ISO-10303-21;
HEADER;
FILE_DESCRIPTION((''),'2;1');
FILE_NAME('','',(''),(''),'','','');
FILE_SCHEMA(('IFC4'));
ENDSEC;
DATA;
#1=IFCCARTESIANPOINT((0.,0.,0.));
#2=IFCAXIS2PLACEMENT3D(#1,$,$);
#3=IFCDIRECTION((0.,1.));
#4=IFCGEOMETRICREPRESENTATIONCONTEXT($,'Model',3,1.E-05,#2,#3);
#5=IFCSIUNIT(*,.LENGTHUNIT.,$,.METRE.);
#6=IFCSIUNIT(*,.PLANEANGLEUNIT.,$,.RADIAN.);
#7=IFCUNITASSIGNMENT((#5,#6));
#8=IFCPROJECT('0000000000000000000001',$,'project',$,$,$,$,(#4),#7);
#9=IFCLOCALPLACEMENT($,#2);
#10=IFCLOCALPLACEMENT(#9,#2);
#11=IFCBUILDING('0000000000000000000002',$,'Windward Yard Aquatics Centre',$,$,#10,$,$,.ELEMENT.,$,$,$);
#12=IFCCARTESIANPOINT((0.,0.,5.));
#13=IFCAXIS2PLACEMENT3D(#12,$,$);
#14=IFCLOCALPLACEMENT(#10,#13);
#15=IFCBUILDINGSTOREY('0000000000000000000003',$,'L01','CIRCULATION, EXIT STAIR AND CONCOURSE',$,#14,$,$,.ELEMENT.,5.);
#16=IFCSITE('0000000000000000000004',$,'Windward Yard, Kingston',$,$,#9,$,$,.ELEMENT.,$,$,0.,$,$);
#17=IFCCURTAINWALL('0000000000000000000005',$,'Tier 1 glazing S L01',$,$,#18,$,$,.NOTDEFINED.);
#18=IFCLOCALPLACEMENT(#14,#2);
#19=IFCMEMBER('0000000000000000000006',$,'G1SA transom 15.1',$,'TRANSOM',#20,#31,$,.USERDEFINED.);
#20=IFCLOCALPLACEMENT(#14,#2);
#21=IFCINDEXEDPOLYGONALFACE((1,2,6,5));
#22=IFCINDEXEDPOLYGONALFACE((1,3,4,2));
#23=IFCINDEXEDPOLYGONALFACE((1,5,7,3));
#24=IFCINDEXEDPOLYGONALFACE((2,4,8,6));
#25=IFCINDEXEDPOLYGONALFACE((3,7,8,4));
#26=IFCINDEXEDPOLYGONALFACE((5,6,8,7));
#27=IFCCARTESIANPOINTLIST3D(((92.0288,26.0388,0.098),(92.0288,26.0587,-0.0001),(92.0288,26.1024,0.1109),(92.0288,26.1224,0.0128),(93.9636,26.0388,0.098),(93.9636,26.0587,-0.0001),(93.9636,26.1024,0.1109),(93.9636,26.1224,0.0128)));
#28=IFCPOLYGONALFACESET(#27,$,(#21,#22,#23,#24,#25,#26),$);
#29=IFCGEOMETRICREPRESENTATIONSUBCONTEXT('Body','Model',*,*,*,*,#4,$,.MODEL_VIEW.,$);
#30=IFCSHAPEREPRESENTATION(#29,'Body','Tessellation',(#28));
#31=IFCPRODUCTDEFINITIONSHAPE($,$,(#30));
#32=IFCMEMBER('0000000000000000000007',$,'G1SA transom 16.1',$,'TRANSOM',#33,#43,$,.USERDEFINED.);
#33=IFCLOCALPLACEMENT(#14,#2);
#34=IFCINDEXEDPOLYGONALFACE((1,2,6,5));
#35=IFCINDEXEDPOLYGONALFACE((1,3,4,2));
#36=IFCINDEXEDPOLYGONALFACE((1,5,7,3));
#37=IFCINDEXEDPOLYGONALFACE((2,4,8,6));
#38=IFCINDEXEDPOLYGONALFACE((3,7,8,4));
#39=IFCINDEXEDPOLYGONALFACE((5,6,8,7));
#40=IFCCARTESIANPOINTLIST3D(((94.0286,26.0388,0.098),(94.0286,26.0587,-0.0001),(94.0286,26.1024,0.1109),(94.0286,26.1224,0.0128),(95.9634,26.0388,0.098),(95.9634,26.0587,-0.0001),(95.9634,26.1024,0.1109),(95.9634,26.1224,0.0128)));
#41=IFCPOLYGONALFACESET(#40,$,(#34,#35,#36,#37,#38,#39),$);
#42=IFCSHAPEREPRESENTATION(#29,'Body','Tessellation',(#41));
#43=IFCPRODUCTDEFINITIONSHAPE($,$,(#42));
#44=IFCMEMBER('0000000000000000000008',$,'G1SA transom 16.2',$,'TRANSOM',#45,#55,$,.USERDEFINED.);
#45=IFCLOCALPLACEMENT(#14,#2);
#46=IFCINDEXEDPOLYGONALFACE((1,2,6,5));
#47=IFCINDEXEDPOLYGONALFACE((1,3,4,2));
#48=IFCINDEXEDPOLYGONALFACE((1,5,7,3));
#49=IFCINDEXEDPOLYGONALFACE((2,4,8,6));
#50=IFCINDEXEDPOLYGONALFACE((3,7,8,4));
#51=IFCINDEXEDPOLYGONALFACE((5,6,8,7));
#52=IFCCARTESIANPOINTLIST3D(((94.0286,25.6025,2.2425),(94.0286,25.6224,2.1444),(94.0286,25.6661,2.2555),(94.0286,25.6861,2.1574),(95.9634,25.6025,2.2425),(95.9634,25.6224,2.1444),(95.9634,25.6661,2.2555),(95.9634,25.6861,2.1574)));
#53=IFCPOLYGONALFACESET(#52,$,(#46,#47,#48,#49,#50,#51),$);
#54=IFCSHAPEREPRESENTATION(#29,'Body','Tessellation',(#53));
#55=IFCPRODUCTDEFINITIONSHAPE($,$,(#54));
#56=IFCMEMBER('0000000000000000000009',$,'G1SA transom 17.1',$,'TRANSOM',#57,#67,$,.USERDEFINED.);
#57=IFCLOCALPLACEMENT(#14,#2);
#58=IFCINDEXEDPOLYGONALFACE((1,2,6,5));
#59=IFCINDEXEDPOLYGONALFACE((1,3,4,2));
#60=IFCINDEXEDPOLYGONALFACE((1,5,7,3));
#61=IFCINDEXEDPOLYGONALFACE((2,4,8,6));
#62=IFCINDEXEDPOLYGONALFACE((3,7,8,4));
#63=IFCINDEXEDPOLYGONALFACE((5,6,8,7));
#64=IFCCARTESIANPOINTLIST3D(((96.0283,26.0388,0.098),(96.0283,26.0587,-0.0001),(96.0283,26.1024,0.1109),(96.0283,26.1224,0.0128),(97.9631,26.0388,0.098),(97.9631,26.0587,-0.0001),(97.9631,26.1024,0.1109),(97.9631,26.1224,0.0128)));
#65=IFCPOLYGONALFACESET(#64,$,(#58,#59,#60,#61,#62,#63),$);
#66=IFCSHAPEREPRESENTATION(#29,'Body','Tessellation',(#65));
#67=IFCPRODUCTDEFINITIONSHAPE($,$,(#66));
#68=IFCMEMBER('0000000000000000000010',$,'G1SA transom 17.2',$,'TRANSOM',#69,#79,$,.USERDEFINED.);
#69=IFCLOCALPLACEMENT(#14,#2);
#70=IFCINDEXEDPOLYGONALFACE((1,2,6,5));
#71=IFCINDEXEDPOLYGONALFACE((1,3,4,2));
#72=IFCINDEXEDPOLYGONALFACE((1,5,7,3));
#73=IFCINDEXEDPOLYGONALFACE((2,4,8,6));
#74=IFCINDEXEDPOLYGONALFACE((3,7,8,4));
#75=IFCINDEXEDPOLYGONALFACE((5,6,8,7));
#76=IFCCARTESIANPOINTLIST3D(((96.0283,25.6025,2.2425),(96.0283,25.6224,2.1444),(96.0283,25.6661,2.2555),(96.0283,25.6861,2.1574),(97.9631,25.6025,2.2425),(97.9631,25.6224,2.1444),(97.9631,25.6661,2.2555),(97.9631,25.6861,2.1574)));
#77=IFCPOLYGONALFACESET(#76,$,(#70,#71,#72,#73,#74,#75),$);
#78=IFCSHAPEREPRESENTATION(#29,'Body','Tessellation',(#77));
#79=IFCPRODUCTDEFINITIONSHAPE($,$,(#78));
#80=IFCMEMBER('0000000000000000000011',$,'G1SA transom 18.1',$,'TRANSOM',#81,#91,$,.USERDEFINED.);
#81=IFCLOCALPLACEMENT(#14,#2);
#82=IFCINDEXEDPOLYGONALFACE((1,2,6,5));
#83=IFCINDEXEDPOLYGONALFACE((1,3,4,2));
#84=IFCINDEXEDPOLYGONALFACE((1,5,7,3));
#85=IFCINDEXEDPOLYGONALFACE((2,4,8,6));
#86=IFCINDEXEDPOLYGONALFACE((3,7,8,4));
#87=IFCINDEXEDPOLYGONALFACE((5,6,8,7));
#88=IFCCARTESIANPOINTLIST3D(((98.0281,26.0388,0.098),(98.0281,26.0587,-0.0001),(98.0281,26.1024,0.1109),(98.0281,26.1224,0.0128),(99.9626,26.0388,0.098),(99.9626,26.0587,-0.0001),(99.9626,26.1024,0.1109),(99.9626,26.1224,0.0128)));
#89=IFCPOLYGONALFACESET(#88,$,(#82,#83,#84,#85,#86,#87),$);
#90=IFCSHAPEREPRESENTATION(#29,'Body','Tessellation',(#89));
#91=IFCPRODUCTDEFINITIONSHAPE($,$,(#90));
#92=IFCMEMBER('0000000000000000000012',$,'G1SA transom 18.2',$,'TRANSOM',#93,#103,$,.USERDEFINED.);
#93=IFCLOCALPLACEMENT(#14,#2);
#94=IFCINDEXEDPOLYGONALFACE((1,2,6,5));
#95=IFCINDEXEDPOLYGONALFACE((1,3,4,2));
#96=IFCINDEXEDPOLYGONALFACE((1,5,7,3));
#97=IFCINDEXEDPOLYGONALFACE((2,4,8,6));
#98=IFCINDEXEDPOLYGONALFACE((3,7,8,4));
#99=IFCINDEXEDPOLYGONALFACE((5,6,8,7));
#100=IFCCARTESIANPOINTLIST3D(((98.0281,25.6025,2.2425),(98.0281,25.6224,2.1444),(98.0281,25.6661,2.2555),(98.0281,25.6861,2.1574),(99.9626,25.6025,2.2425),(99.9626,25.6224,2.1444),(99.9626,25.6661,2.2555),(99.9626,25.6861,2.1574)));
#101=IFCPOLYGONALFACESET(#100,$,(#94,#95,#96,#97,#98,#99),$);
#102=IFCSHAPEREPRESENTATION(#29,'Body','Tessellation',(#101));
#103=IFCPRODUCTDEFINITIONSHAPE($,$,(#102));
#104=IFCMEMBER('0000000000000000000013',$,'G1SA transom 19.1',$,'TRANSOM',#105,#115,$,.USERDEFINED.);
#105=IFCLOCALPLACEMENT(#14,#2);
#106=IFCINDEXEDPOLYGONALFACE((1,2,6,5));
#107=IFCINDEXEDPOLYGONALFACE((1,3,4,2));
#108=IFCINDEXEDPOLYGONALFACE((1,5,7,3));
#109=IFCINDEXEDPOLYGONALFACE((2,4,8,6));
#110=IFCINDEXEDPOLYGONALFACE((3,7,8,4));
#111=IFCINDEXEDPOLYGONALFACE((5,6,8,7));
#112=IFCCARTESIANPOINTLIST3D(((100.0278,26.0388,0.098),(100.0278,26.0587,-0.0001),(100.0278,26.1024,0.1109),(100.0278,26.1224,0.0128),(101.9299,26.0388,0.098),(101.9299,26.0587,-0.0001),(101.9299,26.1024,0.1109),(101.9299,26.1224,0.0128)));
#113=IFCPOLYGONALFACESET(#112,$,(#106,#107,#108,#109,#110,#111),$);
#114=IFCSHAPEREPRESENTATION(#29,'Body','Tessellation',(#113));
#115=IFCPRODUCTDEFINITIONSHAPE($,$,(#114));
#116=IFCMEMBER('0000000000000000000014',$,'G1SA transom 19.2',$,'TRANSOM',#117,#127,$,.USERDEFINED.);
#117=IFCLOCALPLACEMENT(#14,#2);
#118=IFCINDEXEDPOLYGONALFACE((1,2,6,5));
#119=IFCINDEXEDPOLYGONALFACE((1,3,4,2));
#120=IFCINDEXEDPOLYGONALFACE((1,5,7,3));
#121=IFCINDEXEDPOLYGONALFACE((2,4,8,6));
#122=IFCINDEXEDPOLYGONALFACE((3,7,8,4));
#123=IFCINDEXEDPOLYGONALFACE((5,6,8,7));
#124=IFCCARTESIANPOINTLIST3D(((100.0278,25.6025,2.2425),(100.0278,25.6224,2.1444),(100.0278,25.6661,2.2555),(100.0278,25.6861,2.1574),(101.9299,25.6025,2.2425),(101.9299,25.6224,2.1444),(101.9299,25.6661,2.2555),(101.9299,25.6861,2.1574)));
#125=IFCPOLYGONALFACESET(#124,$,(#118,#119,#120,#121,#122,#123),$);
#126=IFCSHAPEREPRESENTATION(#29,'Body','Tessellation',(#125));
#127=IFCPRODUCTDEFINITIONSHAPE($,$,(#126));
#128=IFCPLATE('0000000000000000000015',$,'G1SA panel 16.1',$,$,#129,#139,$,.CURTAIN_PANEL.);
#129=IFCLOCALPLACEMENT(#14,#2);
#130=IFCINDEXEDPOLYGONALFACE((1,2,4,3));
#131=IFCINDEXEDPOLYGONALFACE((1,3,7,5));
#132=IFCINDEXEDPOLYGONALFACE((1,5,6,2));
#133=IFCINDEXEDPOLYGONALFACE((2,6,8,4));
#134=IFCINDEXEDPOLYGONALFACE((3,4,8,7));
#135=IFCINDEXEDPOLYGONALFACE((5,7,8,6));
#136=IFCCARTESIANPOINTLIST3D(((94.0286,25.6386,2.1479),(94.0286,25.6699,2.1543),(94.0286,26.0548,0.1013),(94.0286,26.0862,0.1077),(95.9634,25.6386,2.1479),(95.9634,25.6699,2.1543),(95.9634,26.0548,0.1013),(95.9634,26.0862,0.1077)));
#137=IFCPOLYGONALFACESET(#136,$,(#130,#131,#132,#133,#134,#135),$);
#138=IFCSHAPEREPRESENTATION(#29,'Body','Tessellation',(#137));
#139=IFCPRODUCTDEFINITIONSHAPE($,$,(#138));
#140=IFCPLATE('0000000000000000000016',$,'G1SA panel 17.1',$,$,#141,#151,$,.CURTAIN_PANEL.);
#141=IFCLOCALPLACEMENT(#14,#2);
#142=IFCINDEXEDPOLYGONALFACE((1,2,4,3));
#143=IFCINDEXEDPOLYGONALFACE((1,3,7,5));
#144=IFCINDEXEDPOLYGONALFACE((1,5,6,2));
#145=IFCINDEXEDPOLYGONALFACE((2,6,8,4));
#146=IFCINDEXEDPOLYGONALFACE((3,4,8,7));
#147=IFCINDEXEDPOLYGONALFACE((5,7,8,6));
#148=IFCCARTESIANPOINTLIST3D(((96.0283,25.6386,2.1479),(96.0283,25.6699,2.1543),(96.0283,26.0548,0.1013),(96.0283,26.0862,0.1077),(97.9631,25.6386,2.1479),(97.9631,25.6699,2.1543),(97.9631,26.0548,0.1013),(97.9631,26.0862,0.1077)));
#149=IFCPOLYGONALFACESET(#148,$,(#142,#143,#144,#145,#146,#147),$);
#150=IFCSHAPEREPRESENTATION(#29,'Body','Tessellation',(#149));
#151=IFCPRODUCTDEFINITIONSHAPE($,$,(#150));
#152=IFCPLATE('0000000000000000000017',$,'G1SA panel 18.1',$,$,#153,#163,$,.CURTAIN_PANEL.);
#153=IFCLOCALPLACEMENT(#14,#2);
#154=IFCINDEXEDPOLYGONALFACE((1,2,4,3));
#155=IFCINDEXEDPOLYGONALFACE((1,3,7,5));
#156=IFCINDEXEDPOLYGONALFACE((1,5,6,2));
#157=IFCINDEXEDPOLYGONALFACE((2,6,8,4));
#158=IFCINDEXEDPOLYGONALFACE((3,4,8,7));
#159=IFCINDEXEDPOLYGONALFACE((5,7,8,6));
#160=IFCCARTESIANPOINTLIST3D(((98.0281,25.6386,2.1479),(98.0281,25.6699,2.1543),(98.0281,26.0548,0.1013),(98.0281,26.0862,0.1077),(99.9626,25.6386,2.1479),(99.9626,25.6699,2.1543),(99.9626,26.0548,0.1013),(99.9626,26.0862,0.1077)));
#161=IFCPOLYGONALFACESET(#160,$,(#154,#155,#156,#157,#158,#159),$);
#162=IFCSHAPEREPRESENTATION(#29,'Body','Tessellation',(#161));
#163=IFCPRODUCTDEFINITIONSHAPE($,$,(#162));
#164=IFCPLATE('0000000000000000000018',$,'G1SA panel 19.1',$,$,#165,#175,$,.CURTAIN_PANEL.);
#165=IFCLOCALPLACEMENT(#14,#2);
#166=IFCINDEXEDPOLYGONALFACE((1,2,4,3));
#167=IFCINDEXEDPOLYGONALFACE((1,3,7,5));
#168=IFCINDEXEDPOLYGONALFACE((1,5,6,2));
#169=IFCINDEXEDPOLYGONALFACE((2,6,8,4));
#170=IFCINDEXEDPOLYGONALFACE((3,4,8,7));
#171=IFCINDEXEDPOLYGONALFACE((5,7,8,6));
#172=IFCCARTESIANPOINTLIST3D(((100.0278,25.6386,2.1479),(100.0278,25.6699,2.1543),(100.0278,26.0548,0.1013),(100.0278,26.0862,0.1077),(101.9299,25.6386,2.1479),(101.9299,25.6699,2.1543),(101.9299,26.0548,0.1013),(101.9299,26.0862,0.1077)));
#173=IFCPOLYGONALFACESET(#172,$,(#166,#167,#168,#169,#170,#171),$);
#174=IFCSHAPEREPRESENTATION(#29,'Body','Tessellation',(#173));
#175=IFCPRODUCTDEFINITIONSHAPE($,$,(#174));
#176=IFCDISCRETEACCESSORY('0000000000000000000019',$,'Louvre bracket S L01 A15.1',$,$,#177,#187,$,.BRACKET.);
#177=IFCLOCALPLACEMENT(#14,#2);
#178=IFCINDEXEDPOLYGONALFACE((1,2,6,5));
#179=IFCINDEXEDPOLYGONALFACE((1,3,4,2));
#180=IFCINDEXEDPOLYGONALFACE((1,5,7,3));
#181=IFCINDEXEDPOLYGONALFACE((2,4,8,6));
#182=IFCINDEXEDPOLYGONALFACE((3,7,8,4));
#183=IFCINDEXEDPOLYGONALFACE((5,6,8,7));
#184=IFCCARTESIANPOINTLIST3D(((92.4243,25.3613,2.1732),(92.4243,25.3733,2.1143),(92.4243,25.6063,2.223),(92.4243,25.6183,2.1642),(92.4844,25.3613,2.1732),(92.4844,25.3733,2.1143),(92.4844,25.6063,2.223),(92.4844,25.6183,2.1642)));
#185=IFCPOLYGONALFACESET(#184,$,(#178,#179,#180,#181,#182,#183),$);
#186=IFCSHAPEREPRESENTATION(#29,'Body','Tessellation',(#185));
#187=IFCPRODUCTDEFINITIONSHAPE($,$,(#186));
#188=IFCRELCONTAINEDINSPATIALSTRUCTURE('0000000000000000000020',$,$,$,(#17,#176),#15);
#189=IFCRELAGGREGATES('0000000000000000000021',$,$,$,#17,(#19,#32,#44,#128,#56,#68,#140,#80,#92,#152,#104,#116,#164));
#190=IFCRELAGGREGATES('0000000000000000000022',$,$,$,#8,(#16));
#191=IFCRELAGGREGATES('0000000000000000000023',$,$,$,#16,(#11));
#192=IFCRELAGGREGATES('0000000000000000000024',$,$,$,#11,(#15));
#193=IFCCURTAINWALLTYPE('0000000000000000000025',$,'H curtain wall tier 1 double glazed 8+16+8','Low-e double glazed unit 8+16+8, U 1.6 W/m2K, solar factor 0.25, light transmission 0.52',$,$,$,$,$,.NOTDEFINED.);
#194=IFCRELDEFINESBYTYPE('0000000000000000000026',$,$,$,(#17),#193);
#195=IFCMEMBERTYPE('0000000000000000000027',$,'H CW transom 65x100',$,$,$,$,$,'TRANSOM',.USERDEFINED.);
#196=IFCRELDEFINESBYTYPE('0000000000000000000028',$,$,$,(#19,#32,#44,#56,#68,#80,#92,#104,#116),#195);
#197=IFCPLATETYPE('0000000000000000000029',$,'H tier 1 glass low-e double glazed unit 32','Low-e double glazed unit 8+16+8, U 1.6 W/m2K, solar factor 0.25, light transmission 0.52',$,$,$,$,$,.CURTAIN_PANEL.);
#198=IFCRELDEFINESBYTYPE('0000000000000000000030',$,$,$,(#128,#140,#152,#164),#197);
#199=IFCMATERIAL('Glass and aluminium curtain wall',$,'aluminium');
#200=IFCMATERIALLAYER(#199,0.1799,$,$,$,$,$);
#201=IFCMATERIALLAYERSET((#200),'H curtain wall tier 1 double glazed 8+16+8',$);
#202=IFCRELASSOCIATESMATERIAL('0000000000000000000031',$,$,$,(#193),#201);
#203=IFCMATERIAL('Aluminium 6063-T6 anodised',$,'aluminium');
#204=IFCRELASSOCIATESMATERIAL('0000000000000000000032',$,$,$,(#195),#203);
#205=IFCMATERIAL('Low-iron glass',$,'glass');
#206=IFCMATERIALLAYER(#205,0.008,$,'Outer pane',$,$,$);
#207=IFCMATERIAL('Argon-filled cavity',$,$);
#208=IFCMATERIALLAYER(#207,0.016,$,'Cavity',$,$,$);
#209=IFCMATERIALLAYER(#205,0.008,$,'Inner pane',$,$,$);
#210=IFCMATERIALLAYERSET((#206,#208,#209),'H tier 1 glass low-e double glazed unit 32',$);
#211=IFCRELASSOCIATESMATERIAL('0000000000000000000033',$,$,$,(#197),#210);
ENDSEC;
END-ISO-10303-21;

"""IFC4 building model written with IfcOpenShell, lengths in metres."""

from ifc_helpers import new_model, si_unit, direction, frame, origin, origin_2d, place, context, subcontext, project, spatial, polyline, rectangle, outline, extrude, material, layer, layer_set, material_profile, profile_set, type_object, element, aggregate, save


model = new_model("IFC4")

# Units and contexts
model_context = context("Model", 3, precision=1e-05, world=origin(), true_north=direction((0.0, 1.0)))
body_context = subcontext(model_context, "Body", "Model", "MODEL_VIEW")
ifc_project = project(units=[si_unit("LENGTHUNIT", "METRE"), si_unit("PLANEANGLEUNIT", "RADIAN")], contexts=[model_context])

# Site, building, storey
site_placement = place(None, origin())
site = spatial("IfcSite", under=ifc_project, at=site_placement, Name="Windward Yard, Kingston", CompositionType="ELEMENT", RefElevation=0.0)
building_placement = place(site_placement, origin())
building = spatial("IfcBuilding", under=site, at=building_placement, Name="Windward Yard Aquatics Centre", CompositionType="ELEMENT")
storey_placement = place(building_placement, frame((0.0, 0.0, 5.0)))
storey = spatial("IfcBuildingStorey", under=building, at=storey_placement, Name="L01", Description="CIRCULATION, EXIT STAIR AND CONCOURSE", CompositionType="ELEMENT", Elevation=5.0)

# Curtain wall, members, plates
ifc_material_1 = material(Name="Glass and aluminium curtain wall", Category="aluminium")
ifc_layer_1 = layer(ifc_material_1, 0.1799)
ifc_layer_set_1 = layer_set([ifc_layer_1], Name="H curtain wall tier 1 double glazed 8+16+8")
curtain_wall_type = type_object("IfcCurtainWallType", Name="H curtain wall tier 1 double glazed 8+16+8", Description="Low-e double glazed unit 8+16+8, U 1.6 W/m2K, solar factor 0.25, light transmission 0.52", PredefinedType="NOTDEFINED", material=ifc_layer_set_1)
curtain_wall_placement = place(storey_placement, origin())
curtain_wall = element("IfcCurtainWall", 1, at=curtain_wall_placement, inside=storey, type_object=curtain_wall_type, Name="Tier 1 glazing S L01", PredefinedType="NOTDEFINED")
ifc_material_2 = material(Name="Aluminium 6063-T6 anodised", Category="aluminium")
ifc_material_profile = material_profile(ifc_material_2, rectangle(XDim=0.0649, YDim=0.1001, at=origin_2d()), Name="H CW transom 65x100")
ifc_profile_set = profile_set([ifc_material_profile], Name="Aluminium 6063-T6 anodised")
member_type = type_object("IfcMemberType", Name="H CW transom 65x100", ElementType="TRANSOM", PredefinedType="USERDEFINED", material=ifc_profile_set)
member_1_placement = place(storey_placement, frame((92.0288, 26.0806, 0.0554), z_axis=(1.0, 0.0, 0.0), x_axis=(0.0, 0.979925, 0.199368)))
member_1 = element("IfcMember", 2, at=member_1_placement, type_object=member_type, Name="G1SA transom 15.1", ObjectType="TRANSOM", PredefinedType="USERDEFINED", context=body_context, shape_type="SweptSolid", body=[
    extrude(rectangle(XDim=0.0649, YDim=0.1001, at=origin_2d()), origin(), (0.0, 0.0, 1.0), 1.9348),
])
member_2_placement = place(storey_placement, frame((94.0286, 26.0806, 0.0554), z_axis=(1.0, 0.0, 0.0), x_axis=(0.0, 0.979925, 0.199368)))
member_2 = element("IfcMember", 3, at=member_2_placement, type_object=member_type, Name="G1SA transom 16.1", ObjectType="TRANSOM", PredefinedType="USERDEFINED", context=body_context, shape_type="SweptSolid", body=[
    extrude(rectangle(XDim=0.0649, YDim=0.1001, at=origin_2d()), origin(), (0.0, 0.0, 1.0), 1.9348),
])
member_3_placement = place(storey_placement, frame((94.0286, 25.6443, 2.2), z_axis=(1.0, 0.0, 0.0), x_axis=(0.0, 0.979925, 0.199368)))
member_3 = element("IfcMember", 4, at=member_3_placement, type_object=member_type, Name="G1SA transom 16.2", ObjectType="TRANSOM", PredefinedType="USERDEFINED", context=body_context, shape_type="SweptSolid", body=[
    extrude(rectangle(XDim=0.0649, YDim=0.1001, at=origin_2d()), origin(), (0.0, 0.0, 1.0), 1.9348),
])
member_4_placement = place(storey_placement, frame((96.0283, 26.0806, 0.0554), z_axis=(1.0, 0.0, 0.0), x_axis=(0.0, 0.979925, 0.199368)))
member_4 = element("IfcMember", 5, at=member_4_placement, type_object=member_type, Name="G1SA transom 17.1", ObjectType="TRANSOM", PredefinedType="USERDEFINED", context=body_context, shape_type="SweptSolid", body=[
    extrude(rectangle(XDim=0.0649, YDim=0.1001, at=origin_2d()), origin(), (0.0, 0.0, 1.0), 1.9348),
])
member_5_placement = place(storey_placement, frame((96.0283, 25.6443, 2.2), z_axis=(1.0, 0.0, 0.0), x_axis=(0.0, 0.979925, 0.199368)))
member_5 = element("IfcMember", 6, at=member_5_placement, type_object=member_type, Name="G1SA transom 17.2", ObjectType="TRANSOM", PredefinedType="USERDEFINED", context=body_context, shape_type="SweptSolid", body=[
    extrude(rectangle(XDim=0.0649, YDim=0.1001, at=origin_2d()), origin(), (0.0, 0.0, 1.0), 1.9348),
])
member_6_placement = place(storey_placement, frame((98.0281, 26.0806, 0.0554), z_axis=(1.0, 0.0, 0.0), x_axis=(0.0, 0.979925, 0.199368)))
member_6 = element("IfcMember", 7, at=member_6_placement, type_object=member_type, Name="G1SA transom 18.1", ObjectType="TRANSOM", PredefinedType="USERDEFINED", context=body_context, shape_type="SweptSolid", body=[
    extrude(rectangle(XDim=0.0649, YDim=0.1001, at=origin_2d()), origin(), (0.0, 0.0, 1.0), 1.9346),
])
member_7_placement = place(storey_placement, frame((98.0281, 25.6443, 2.2), z_axis=(1.0, 0.0, 0.0), x_axis=(0.0, 0.979925, 0.199368)))
member_7 = element("IfcMember", 8, at=member_7_placement, type_object=member_type, Name="G1SA transom 18.2", ObjectType="TRANSOM", PredefinedType="USERDEFINED", context=body_context, shape_type="SweptSolid", body=[
    extrude(rectangle(XDim=0.0649, YDim=0.1001, at=origin_2d()), origin(), (0.0, 0.0, 1.0), 1.9346),
])
member_8_placement = place(storey_placement, frame((100.0278, 26.0806, 0.0554), z_axis=(1.0, 0.0, 0.0), x_axis=(0.0, 0.979925, 0.199368)))
member_8 = element("IfcMember", 9, at=member_8_placement, type_object=member_type, Name="G1SA transom 19.1", ObjectType="TRANSOM", PredefinedType="USERDEFINED", context=body_context, shape_type="SweptSolid", body=[
    extrude(rectangle(XDim=0.0649, YDim=0.1001, at=origin_2d()), origin(), (0.0, 0.0, 1.0), 1.9021),
])
member_9_placement = place(storey_placement, frame((100.0278, 25.6443, 2.2), z_axis=(1.0, 0.0, 0.0), x_axis=(0.0, 0.979925, 0.199368)))
member_9 = element("IfcMember", 10, at=member_9_placement, type_object=member_type, Name="G1SA transom 19.2", ObjectType="TRANSOM", PredefinedType="USERDEFINED", context=body_context, shape_type="SweptSolid", body=[
    extrude(rectangle(XDim=0.0649, YDim=0.1001, at=origin_2d()), origin(), (0.0, 0.0, 1.0), 1.9021),
])
ifc_material_3 = material(Name="Low-iron glass", Category="glass")
ifc_layer_2 = layer(ifc_material_3, 0.008, Name="Outer pane")
ifc_material_4 = material(Name="Argon-filled cavity")
ifc_layer_3 = layer(ifc_material_4, 0.016, Name="Cavity")
ifc_layer_4 = layer(ifc_material_3, 0.008, Name="Inner pane")
ifc_layer_set_2 = layer_set([ifc_layer_2, ifc_layer_3, ifc_layer_4], Name="H tier 1 glass low-e double glazed unit 32")
plate_type = type_object("IfcPlateType", Name="H tier 1 glass low-e double glazed unit 32", Description="Low-e double glazed unit 8+16+8, U 1.6 W/m2K, solar factor 0.25, light transmission 0.52", PredefinedType="CURTAIN_PANEL", material=ifc_layer_set_2)
plate_1_placement = place(storey_placement, frame((94.0286, 25.6699, 2.1543), z_axis=(0.0, 0.979937, 0.199307), x_axis=(0.0, 0.199307, -0.979937)))
plate_1 = element("IfcPlate", 11, at=plate_1_placement, type_object=plate_type, Name="G1SA panel 16.1", PredefinedType="CURTAIN_PANEL", context=body_context, shape_type="SweptSolid", body=[
    extrude(outline(polyline([(0.0, 0.0), (2.0885, 0.0), (2.0885, -1.9348), (0.0, -1.9348), (0.0, 0.0)])), origin(), (0.0, 0.0, -1.0), 0.032),
])
plate_2_placement = place(storey_placement, frame((96.0283, 25.6699, 2.1543), z_axis=(0.0, 0.979937, 0.199307), x_axis=(0.0, 0.199307, -0.979937)))
plate_2 = element("IfcPlate", 12, at=plate_2_placement, type_object=plate_type, Name="G1SA panel 17.1", PredefinedType="CURTAIN_PANEL", context=body_context, shape_type="SweptSolid", body=[
    extrude(outline(polyline([(0.0, 0.0), (2.0885, 0.0), (2.0885, -1.9348), (0.0, -1.9348), (0.0, 0.0)])), origin(), (0.0, 0.0, -1.0), 0.032),
])
plate_3_placement = place(storey_placement, frame((98.0281, 25.6699, 2.1543), z_axis=(0.0, 0.979937, 0.199307), x_axis=(0.0, 0.199307, -0.979937)))
plate_3 = element("IfcPlate", 13, at=plate_3_placement, type_object=plate_type, Name="G1SA panel 18.1", PredefinedType="CURTAIN_PANEL", context=body_context, shape_type="SweptSolid", body=[
    extrude(outline(polyline([(0.0, 0.0), (2.0885, 0.0), (2.0885, -1.9346), (0.0, -1.9346), (0.0, 0.0)])), origin(), (0.0, 0.0, -1.0), 0.032),
])
plate_4_placement = place(storey_placement, frame((100.0278, 25.6699, 2.1543), z_axis=(0.0, 0.979937, 0.199307), x_axis=(0.0, 0.199307, -0.979937)))
plate_4 = element("IfcPlate", 14, at=plate_4_placement, type_object=plate_type, Name="G1SA panel 19.1", PredefinedType="CURTAIN_PANEL", context=body_context, shape_type="SweptSolid", body=[
    extrude(outline(polyline([(0.0, 0.0), (2.0885, 0.0), (2.0885, -1.9021), (0.0, -1.9021), (0.0, 0.0)])), origin(), (0.0, 0.0, -1.0), 0.032),
])
aggregate(curtain_wall, [member_1, member_2, member_3, plate_1, member_4, member_5, plate_2, member_6, member_7, plate_3, member_8, member_9, plate_4])

# Discrete accessory
for number, where, z_axis, x_axis, name in (
    (15, (92.4543, 25.6123, 2.1936), (0.0, -0.979937, -0.199309), (1.0, 0.0, 0.0), "Louvre bracket S L01 A15.1"),
):
    element("IfcDiscreteAccessory", number, at=place(storey_placement, frame(where, z_axis=z_axis, x_axis=x_axis)), inside=storey, Name=name, PredefinedType="BRACKET", context=body_context, shape_type="SweptSolid", body=[
        extrude(rectangle(XDim=0.0601, YDim=0.0601, at=origin_2d()), origin(), (0.0, 0.0, 1.0), 0.25),
    ])

save(model, "model.ifc")
